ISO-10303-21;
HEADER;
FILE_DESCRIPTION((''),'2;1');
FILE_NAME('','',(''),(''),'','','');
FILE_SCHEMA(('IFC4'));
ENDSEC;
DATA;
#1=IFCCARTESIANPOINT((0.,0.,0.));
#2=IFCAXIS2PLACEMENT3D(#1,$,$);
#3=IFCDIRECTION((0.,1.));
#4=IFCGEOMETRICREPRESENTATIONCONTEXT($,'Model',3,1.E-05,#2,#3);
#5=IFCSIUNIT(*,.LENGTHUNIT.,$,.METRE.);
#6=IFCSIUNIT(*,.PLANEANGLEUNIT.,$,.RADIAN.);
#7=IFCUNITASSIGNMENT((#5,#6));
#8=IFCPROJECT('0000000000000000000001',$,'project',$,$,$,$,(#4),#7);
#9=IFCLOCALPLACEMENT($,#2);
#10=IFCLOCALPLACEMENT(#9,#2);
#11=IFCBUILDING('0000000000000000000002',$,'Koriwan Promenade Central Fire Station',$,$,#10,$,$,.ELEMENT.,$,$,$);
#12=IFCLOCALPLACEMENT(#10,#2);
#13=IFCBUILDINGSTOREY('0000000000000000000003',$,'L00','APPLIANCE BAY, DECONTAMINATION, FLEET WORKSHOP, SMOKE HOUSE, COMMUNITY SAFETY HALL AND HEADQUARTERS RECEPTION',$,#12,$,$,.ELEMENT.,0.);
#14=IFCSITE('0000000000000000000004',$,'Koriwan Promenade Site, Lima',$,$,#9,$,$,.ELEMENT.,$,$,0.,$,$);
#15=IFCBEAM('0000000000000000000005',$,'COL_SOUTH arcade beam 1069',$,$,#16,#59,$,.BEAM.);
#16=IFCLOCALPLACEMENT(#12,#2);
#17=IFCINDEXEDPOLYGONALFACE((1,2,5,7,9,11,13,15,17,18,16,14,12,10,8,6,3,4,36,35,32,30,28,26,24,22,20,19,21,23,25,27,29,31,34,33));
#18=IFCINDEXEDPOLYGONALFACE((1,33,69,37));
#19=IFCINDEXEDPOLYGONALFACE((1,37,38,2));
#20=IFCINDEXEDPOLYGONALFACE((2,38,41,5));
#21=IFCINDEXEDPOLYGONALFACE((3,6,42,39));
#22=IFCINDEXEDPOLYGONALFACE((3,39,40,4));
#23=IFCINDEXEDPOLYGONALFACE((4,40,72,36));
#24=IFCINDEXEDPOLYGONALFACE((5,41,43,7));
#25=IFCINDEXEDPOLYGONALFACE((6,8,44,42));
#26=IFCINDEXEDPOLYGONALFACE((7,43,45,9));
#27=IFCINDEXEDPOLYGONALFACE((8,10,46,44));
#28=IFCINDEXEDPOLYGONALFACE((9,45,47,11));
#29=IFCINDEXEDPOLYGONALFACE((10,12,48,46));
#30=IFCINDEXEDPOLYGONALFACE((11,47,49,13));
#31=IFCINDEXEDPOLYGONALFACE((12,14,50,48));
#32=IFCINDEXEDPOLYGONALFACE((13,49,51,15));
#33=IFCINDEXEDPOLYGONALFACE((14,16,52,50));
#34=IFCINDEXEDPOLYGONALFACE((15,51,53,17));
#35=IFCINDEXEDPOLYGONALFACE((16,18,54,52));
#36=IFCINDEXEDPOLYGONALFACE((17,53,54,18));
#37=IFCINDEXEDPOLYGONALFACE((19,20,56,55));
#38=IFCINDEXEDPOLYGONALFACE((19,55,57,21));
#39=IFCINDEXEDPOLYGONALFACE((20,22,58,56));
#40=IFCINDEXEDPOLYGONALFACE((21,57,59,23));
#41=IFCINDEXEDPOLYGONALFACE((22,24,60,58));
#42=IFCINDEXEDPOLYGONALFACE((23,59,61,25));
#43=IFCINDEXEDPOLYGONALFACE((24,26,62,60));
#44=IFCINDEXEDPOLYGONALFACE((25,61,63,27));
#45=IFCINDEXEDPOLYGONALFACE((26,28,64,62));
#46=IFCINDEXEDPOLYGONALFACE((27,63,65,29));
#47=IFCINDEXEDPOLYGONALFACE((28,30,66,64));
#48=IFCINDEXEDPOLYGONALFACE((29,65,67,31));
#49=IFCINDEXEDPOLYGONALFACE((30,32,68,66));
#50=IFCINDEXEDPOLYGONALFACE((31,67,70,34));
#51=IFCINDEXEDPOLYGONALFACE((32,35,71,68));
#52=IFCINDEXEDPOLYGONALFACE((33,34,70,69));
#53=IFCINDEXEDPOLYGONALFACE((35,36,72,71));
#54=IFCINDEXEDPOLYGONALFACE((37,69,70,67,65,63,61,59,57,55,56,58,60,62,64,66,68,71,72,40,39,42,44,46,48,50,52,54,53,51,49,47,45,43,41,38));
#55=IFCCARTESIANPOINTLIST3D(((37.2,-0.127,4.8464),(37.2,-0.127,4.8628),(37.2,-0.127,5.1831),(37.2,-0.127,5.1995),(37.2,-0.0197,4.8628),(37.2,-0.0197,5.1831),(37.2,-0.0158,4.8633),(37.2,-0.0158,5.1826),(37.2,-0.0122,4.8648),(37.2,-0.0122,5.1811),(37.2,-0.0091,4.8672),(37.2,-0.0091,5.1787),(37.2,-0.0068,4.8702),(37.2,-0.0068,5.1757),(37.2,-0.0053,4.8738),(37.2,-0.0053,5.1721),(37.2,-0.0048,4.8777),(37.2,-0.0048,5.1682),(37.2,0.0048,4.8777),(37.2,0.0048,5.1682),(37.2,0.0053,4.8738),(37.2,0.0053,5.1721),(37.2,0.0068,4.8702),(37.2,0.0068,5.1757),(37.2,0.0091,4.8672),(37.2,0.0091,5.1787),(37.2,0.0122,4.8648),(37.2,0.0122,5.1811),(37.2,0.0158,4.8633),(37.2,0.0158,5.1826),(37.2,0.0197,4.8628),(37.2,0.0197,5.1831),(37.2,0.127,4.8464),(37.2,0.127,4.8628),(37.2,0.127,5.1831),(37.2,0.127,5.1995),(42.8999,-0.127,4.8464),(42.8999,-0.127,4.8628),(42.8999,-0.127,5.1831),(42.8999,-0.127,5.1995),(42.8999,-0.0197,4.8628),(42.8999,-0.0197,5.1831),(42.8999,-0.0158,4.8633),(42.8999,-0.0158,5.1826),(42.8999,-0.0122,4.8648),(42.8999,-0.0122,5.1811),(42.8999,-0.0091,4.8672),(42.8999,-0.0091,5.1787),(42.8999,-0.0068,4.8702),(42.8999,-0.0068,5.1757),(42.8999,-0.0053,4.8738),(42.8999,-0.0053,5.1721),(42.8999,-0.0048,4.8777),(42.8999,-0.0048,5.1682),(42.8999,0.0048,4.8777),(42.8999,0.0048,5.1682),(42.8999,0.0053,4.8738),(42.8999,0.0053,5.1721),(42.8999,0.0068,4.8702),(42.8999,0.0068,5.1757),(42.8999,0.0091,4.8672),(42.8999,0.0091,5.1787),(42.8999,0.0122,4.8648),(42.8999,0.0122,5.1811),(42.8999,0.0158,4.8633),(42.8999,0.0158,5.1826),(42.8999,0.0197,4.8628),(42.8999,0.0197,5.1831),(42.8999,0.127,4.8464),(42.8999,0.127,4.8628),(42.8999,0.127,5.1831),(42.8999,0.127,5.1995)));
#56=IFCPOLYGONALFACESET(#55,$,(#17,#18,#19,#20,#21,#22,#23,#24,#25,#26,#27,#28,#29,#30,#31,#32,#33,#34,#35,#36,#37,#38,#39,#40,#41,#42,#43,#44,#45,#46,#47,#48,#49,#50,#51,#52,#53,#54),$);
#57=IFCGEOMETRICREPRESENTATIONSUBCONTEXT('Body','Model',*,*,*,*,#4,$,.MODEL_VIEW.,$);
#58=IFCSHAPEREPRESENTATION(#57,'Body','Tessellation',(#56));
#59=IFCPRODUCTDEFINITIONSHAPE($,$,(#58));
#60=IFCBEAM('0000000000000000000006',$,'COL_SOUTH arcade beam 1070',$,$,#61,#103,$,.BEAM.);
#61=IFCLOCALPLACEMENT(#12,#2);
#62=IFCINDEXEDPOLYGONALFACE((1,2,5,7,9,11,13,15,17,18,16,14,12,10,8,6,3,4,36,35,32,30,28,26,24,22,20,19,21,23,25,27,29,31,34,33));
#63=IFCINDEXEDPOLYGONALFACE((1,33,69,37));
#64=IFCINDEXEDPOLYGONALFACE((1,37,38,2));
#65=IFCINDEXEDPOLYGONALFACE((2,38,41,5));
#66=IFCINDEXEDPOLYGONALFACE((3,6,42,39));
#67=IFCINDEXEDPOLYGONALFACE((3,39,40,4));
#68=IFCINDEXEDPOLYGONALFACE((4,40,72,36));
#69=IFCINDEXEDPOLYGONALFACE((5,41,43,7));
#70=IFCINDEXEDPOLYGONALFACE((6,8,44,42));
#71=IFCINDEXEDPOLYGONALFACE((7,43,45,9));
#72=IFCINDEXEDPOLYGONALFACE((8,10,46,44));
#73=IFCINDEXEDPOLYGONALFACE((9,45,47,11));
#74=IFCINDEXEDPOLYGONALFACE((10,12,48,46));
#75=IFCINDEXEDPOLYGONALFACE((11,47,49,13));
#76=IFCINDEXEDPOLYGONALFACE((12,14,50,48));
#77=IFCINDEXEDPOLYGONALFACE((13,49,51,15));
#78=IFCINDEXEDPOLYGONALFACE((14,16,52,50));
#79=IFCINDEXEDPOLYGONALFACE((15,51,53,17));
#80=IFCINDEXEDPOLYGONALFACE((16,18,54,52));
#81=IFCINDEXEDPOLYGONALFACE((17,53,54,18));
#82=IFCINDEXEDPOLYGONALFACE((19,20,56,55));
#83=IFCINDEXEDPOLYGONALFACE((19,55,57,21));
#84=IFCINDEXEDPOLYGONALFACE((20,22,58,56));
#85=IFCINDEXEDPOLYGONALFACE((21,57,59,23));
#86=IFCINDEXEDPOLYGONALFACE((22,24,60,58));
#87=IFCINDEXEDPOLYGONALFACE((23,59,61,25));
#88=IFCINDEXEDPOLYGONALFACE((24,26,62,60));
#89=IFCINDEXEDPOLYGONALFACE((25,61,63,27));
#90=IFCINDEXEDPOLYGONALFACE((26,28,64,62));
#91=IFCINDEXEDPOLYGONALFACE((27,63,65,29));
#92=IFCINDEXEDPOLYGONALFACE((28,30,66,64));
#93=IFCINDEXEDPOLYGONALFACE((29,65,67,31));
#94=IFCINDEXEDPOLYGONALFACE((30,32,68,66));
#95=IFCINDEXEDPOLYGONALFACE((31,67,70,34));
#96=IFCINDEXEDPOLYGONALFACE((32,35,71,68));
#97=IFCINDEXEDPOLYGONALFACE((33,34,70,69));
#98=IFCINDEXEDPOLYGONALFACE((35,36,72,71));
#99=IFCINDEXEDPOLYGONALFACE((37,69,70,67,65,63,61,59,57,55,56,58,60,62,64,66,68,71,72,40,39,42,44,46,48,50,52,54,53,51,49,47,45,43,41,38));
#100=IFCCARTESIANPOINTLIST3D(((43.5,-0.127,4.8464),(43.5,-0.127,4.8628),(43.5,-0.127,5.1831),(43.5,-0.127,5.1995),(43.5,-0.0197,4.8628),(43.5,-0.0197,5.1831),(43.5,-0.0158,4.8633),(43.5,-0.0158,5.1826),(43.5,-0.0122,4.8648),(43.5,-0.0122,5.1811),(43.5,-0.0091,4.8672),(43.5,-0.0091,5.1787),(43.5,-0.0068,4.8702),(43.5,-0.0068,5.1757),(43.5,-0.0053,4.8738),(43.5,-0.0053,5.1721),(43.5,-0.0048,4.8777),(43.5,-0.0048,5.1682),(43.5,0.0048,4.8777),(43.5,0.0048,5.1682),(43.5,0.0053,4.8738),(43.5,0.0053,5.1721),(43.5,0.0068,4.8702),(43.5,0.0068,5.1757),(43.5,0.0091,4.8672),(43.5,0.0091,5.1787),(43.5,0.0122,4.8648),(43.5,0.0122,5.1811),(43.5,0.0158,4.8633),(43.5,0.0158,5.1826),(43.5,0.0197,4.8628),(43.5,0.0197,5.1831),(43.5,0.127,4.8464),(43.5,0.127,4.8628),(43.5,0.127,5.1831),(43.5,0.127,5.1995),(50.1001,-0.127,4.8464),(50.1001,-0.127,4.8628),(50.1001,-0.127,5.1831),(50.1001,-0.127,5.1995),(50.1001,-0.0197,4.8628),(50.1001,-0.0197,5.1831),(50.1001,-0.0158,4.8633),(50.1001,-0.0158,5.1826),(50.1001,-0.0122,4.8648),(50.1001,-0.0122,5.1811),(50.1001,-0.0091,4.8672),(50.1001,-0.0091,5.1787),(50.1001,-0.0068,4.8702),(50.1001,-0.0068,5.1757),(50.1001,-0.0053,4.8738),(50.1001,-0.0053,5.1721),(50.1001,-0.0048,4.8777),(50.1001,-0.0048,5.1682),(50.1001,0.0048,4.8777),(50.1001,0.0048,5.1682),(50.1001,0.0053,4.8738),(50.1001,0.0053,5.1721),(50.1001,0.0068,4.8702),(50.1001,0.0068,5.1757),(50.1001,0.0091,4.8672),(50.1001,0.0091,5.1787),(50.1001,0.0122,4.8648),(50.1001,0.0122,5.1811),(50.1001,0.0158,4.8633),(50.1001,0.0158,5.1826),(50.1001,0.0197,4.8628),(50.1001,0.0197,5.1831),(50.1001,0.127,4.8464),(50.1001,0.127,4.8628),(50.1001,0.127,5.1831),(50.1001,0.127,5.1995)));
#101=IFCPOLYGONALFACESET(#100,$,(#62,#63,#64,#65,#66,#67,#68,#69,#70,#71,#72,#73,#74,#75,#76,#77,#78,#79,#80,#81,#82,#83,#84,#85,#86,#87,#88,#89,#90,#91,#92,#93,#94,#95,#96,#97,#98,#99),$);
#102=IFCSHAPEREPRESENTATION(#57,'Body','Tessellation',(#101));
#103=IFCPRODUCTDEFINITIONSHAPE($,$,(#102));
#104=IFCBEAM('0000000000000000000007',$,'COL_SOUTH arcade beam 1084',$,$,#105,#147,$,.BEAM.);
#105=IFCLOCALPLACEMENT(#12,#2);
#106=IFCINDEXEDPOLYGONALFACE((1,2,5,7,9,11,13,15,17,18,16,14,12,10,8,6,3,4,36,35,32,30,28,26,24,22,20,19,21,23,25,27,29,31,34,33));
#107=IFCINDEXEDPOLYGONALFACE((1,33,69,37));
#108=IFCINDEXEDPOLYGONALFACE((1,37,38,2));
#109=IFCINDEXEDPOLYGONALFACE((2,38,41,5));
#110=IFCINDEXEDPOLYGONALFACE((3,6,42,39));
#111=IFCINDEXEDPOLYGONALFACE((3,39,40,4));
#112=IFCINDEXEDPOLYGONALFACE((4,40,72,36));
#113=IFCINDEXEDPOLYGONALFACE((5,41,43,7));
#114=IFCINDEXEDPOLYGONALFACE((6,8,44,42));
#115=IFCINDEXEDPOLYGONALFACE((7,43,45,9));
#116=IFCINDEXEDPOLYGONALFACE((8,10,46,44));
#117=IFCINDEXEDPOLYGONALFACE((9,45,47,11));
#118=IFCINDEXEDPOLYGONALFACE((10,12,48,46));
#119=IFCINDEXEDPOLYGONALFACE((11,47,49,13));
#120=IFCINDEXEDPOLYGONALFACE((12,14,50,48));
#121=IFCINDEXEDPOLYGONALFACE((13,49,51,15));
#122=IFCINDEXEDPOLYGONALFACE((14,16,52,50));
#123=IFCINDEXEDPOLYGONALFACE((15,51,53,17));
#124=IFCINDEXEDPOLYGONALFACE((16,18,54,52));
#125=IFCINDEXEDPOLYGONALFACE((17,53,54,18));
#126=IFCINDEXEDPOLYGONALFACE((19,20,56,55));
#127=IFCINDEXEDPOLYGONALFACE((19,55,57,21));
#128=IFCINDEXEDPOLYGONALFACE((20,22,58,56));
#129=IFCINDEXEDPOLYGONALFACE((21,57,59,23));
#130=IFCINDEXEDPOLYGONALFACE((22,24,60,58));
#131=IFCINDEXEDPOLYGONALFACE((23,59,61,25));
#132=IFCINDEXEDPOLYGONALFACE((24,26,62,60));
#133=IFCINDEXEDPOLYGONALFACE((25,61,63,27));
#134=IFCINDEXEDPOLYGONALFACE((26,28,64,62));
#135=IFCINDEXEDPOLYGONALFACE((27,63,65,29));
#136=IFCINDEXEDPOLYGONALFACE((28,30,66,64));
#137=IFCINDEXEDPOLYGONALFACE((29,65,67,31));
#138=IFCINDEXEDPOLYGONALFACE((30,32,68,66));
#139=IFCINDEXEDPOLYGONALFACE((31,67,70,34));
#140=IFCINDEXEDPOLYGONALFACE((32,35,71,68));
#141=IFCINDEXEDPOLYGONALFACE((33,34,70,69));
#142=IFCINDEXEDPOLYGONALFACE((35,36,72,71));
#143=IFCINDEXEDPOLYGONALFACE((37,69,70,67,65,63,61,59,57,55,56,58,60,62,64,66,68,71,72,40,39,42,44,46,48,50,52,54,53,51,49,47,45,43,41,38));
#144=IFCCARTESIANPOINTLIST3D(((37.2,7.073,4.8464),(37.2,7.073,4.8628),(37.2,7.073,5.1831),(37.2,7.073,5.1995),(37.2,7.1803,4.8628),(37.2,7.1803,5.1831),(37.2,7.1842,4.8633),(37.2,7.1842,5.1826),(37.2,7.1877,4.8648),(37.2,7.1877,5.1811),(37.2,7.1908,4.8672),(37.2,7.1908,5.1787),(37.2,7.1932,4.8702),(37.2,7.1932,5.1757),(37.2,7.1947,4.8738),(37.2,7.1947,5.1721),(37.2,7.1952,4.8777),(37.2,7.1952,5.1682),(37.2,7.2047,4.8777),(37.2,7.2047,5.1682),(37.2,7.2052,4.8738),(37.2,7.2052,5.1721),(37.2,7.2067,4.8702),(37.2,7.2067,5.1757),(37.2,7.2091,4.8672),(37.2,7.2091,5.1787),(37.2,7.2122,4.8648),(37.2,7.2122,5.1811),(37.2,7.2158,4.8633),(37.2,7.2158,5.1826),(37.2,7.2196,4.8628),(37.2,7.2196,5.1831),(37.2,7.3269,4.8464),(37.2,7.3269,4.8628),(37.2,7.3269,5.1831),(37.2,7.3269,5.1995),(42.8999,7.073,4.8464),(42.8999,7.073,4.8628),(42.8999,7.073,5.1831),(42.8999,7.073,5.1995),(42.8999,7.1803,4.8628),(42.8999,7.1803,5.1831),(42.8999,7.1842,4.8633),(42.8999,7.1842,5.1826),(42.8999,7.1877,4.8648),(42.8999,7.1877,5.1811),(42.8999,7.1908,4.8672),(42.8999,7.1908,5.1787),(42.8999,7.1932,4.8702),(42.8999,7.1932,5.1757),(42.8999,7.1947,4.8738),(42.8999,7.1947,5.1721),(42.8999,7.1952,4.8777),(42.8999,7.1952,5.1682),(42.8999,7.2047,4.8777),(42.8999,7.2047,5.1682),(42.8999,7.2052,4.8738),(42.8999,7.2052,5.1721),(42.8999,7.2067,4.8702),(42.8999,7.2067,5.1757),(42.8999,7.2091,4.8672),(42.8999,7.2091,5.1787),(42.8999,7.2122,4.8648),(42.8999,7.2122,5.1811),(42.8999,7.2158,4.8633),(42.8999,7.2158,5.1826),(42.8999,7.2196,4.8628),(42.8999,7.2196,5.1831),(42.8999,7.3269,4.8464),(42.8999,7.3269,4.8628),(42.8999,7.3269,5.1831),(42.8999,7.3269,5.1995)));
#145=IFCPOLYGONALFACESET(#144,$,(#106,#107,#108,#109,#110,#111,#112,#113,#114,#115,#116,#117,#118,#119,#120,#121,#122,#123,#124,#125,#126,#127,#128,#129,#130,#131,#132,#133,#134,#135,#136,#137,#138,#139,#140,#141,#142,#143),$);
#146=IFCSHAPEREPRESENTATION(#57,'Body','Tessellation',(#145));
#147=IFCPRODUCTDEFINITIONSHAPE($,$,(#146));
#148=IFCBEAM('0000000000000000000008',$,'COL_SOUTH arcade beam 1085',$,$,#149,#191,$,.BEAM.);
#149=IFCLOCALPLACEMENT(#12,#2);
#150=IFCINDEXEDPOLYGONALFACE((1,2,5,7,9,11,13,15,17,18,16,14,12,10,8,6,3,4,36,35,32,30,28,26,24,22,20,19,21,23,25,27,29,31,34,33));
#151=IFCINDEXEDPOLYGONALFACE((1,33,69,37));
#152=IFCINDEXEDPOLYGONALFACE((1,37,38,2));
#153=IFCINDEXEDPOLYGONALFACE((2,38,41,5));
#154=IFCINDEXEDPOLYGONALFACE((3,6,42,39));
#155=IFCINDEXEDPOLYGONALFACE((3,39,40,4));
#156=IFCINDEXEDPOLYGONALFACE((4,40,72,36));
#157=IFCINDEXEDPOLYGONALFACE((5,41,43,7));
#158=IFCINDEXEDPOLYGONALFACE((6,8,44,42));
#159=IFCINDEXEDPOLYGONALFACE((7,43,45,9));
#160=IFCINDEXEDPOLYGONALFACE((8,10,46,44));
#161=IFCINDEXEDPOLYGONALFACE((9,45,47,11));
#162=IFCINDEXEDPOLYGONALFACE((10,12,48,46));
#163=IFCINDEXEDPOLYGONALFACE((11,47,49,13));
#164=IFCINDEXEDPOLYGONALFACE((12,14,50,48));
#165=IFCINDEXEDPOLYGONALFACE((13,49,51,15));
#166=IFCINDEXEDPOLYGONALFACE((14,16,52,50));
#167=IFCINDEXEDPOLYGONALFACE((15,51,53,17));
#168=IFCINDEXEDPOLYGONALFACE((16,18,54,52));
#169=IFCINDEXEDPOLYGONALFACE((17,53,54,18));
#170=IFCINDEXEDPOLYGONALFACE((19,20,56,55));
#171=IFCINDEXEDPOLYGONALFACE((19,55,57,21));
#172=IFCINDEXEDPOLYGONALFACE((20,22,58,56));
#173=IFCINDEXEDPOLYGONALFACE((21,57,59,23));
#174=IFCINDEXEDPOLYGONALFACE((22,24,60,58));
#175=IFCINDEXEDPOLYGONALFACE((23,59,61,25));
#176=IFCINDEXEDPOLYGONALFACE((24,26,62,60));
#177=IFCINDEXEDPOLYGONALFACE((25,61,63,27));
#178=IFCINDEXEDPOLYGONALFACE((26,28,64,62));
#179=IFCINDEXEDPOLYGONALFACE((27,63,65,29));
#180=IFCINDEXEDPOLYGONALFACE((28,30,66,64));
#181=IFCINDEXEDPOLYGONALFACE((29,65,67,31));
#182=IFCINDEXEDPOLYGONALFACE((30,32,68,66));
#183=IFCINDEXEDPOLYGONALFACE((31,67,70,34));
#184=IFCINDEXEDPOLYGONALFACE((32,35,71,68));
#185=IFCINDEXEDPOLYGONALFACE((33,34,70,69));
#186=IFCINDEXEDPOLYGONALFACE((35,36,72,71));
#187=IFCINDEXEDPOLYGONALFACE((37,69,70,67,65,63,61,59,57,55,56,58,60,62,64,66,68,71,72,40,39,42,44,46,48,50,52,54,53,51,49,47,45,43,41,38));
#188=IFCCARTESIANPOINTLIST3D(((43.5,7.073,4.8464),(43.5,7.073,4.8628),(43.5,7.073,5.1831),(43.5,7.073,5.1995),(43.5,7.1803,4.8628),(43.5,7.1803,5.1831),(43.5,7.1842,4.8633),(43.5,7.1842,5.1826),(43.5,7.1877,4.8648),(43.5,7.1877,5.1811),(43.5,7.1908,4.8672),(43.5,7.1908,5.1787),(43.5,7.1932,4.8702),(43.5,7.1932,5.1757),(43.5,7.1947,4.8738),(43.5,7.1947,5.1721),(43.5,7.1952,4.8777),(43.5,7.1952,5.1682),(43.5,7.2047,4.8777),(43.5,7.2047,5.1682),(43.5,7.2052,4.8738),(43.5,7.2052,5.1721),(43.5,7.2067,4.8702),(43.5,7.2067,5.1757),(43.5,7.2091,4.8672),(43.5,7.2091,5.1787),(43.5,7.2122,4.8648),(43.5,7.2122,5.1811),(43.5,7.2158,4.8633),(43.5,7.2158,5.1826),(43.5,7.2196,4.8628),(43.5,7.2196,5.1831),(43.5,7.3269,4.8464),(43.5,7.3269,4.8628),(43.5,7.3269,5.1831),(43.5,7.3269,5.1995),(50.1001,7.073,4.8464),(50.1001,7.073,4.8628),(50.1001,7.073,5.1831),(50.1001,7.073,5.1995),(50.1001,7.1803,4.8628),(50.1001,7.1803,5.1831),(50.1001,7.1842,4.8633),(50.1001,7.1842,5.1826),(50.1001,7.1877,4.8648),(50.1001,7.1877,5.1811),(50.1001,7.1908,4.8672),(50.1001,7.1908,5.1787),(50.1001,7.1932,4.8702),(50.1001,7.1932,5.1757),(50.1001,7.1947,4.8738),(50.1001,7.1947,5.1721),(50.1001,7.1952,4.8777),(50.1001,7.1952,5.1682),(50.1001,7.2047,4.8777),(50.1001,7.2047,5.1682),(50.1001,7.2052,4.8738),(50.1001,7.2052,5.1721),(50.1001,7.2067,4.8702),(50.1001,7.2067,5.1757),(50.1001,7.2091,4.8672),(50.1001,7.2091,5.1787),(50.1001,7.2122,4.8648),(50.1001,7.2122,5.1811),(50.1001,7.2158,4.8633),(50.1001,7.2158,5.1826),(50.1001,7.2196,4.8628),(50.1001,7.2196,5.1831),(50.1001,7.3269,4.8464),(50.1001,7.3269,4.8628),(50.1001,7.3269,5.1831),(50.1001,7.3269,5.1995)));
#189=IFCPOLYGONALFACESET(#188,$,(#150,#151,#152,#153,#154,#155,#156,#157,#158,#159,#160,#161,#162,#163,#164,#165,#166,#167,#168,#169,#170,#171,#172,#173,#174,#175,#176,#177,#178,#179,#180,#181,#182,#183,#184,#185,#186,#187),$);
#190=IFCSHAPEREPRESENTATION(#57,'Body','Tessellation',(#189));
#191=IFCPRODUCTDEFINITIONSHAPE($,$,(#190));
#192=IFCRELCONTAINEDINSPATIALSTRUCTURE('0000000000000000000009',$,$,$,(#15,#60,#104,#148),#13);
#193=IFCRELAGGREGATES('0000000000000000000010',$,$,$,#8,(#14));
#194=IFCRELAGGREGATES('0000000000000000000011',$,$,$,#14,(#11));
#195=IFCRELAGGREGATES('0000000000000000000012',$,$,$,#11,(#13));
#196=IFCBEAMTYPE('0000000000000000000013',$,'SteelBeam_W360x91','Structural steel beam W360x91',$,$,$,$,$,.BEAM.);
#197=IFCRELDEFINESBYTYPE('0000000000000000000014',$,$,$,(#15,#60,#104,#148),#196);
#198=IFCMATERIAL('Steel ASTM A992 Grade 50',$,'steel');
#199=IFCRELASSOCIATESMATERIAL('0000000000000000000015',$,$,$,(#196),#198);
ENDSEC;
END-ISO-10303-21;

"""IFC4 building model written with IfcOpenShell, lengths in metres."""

from ifc_helpers import new_model, si_unit, direction, frame, origin, origin_2d, place, context, subcontext, project, spatial, i_section, extrude, material, material_profile, profile_set, type_object, element, save


model = new_model("IFC4")

# Units and contexts
model_context = context("Model", 3, precision=1e-05, world=origin(), true_north=direction((0.0, 1.0)))
body_context = subcontext(model_context, "Body", "Model", "MODEL_VIEW")
ifc_project = project(units=[si_unit("LENGTHUNIT", "METRE"), si_unit("PLANEANGLEUNIT", "RADIAN")], contexts=[model_context])

# Site, building, storey
site_placement = place(None, origin())
site = spatial("IfcSite", under=ifc_project, at=site_placement, Name="Koriwan Promenade Site, Lima", CompositionType="ELEMENT", RefElevation=0.0)
building_placement = place(site_placement, origin())
building = spatial("IfcBuilding", under=site, at=building_placement, Name="Koriwan Promenade Central Fire Station", CompositionType="ELEMENT")
storey_placement = place(building_placement, origin())
storey = spatial("IfcBuildingStorey", under=building, at=storey_placement, Name="L00", Description="APPLIANCE BAY, DECONTAMINATION, FLEET WORKSHOP, SMOKE HOUSE, COMMUNITY SAFETY HALL AND HEADQUARTERS RECEPTION", CompositionType="ELEMENT", Elevation=0.0)

# Beams
ifc_material_1 = material(Name="Steel ASTM A992 Grade 50", Category="steel")
ifc_material_profile_1 = material_profile(ifc_material_1, i_section(OverallWidth=0.2539, OverallDepth=0.353, WebThickness=0.0095, FlangeThickness=0.0164, FilletRadius=0.0149, at=origin_2d()), Name="W360x91")
ifc_profile_set_1 = profile_set([ifc_material_profile_1], Name="Steel ASTM A992 Grade 50")
beam_type_1 = type_object("IfcBeamType", Name="SteelBeam_W360x91", Description="Structural steel beam W360x91", PredefinedType="BEAM", material=ifc_profile_set_1)
beam_1_placement = place(storey_placement, frame((37.2, 0.0, 5.0229), z_axis=(1.0, 0.0, 0.0), x_axis=(0.0, 1.0, 0.0)))
element("IfcBeam", 1, at=beam_1_placement, inside=storey, type_object=beam_type_1, Name="COL_SOUTH arcade beam 1069", PredefinedType="BEAM", context=body_context, shape_type="SweptSolid", body=[
    extrude(i_section(OverallWidth=0.2539, OverallDepth=0.353, WebThickness=0.0095, FlangeThickness=0.0164, FilletRadius=0.0149, at=origin_2d()), origin(), (0.0, 0.0, 1.0), 5.7),
])
beam_2_placement = place(storey_placement, frame((43.5, 0.0, 5.0229), z_axis=(1.0, 0.0, 0.0), x_axis=(0.0, 1.0, 0.0)))
element("IfcBeam", 2, at=beam_2_placement, inside=storey, type_object=beam_type_1, Name="COL_SOUTH arcade beam 1070", PredefinedType="BEAM", context=body_context, shape_type="SweptSolid", body=[
    extrude(i_section(OverallWidth=0.2539, OverallDepth=0.353, WebThickness=0.0095, FlangeThickness=0.0164, FilletRadius=0.0149, at=origin_2d()), origin(), (0.0, 0.0, 1.0), 6.6001),
])
beam_3_placement = place(storey_placement, frame((37.2, 7.2, 5.0229), z_axis=(1.0, 0.0, 0.0), x_axis=(0.0, 1.0, 0.0)))
element("IfcBeam", 3, at=beam_3_placement, inside=storey, type_object=beam_type_1, Name="COL_SOUTH arcade beam 1084", PredefinedType="BEAM", context=body_context, shape_type="SweptSolid", body=[
    extrude(i_section(OverallWidth=0.2539, OverallDepth=0.353, WebThickness=0.0095, FlangeThickness=0.0164, FilletRadius=0.0149, at=origin_2d()), origin(), (0.0, 0.0, 1.0), 5.7),
])
beam_4_placement = place(storey_placement, frame((43.5, 7.2, 5.0229), z_axis=(1.0, 0.0, 0.0), x_axis=(0.0, 1.0, 0.0)))
element("IfcBeam", 4, at=beam_4_placement, inside=storey, type_object=beam_type_1, Name="COL_SOUTH arcade beam 1085", PredefinedType="BEAM", context=body_context, shape_type="SweptSolid", body=[
    extrude(i_section(OverallWidth=0.2539, OverallDepth=0.353, WebThickness=0.0095, FlangeThickness=0.0164, FilletRadius=0.0149, at=origin_2d()), origin(), (0.0, 0.0, 1.0), 6.6001),
])

save(model, "model.ifc")
